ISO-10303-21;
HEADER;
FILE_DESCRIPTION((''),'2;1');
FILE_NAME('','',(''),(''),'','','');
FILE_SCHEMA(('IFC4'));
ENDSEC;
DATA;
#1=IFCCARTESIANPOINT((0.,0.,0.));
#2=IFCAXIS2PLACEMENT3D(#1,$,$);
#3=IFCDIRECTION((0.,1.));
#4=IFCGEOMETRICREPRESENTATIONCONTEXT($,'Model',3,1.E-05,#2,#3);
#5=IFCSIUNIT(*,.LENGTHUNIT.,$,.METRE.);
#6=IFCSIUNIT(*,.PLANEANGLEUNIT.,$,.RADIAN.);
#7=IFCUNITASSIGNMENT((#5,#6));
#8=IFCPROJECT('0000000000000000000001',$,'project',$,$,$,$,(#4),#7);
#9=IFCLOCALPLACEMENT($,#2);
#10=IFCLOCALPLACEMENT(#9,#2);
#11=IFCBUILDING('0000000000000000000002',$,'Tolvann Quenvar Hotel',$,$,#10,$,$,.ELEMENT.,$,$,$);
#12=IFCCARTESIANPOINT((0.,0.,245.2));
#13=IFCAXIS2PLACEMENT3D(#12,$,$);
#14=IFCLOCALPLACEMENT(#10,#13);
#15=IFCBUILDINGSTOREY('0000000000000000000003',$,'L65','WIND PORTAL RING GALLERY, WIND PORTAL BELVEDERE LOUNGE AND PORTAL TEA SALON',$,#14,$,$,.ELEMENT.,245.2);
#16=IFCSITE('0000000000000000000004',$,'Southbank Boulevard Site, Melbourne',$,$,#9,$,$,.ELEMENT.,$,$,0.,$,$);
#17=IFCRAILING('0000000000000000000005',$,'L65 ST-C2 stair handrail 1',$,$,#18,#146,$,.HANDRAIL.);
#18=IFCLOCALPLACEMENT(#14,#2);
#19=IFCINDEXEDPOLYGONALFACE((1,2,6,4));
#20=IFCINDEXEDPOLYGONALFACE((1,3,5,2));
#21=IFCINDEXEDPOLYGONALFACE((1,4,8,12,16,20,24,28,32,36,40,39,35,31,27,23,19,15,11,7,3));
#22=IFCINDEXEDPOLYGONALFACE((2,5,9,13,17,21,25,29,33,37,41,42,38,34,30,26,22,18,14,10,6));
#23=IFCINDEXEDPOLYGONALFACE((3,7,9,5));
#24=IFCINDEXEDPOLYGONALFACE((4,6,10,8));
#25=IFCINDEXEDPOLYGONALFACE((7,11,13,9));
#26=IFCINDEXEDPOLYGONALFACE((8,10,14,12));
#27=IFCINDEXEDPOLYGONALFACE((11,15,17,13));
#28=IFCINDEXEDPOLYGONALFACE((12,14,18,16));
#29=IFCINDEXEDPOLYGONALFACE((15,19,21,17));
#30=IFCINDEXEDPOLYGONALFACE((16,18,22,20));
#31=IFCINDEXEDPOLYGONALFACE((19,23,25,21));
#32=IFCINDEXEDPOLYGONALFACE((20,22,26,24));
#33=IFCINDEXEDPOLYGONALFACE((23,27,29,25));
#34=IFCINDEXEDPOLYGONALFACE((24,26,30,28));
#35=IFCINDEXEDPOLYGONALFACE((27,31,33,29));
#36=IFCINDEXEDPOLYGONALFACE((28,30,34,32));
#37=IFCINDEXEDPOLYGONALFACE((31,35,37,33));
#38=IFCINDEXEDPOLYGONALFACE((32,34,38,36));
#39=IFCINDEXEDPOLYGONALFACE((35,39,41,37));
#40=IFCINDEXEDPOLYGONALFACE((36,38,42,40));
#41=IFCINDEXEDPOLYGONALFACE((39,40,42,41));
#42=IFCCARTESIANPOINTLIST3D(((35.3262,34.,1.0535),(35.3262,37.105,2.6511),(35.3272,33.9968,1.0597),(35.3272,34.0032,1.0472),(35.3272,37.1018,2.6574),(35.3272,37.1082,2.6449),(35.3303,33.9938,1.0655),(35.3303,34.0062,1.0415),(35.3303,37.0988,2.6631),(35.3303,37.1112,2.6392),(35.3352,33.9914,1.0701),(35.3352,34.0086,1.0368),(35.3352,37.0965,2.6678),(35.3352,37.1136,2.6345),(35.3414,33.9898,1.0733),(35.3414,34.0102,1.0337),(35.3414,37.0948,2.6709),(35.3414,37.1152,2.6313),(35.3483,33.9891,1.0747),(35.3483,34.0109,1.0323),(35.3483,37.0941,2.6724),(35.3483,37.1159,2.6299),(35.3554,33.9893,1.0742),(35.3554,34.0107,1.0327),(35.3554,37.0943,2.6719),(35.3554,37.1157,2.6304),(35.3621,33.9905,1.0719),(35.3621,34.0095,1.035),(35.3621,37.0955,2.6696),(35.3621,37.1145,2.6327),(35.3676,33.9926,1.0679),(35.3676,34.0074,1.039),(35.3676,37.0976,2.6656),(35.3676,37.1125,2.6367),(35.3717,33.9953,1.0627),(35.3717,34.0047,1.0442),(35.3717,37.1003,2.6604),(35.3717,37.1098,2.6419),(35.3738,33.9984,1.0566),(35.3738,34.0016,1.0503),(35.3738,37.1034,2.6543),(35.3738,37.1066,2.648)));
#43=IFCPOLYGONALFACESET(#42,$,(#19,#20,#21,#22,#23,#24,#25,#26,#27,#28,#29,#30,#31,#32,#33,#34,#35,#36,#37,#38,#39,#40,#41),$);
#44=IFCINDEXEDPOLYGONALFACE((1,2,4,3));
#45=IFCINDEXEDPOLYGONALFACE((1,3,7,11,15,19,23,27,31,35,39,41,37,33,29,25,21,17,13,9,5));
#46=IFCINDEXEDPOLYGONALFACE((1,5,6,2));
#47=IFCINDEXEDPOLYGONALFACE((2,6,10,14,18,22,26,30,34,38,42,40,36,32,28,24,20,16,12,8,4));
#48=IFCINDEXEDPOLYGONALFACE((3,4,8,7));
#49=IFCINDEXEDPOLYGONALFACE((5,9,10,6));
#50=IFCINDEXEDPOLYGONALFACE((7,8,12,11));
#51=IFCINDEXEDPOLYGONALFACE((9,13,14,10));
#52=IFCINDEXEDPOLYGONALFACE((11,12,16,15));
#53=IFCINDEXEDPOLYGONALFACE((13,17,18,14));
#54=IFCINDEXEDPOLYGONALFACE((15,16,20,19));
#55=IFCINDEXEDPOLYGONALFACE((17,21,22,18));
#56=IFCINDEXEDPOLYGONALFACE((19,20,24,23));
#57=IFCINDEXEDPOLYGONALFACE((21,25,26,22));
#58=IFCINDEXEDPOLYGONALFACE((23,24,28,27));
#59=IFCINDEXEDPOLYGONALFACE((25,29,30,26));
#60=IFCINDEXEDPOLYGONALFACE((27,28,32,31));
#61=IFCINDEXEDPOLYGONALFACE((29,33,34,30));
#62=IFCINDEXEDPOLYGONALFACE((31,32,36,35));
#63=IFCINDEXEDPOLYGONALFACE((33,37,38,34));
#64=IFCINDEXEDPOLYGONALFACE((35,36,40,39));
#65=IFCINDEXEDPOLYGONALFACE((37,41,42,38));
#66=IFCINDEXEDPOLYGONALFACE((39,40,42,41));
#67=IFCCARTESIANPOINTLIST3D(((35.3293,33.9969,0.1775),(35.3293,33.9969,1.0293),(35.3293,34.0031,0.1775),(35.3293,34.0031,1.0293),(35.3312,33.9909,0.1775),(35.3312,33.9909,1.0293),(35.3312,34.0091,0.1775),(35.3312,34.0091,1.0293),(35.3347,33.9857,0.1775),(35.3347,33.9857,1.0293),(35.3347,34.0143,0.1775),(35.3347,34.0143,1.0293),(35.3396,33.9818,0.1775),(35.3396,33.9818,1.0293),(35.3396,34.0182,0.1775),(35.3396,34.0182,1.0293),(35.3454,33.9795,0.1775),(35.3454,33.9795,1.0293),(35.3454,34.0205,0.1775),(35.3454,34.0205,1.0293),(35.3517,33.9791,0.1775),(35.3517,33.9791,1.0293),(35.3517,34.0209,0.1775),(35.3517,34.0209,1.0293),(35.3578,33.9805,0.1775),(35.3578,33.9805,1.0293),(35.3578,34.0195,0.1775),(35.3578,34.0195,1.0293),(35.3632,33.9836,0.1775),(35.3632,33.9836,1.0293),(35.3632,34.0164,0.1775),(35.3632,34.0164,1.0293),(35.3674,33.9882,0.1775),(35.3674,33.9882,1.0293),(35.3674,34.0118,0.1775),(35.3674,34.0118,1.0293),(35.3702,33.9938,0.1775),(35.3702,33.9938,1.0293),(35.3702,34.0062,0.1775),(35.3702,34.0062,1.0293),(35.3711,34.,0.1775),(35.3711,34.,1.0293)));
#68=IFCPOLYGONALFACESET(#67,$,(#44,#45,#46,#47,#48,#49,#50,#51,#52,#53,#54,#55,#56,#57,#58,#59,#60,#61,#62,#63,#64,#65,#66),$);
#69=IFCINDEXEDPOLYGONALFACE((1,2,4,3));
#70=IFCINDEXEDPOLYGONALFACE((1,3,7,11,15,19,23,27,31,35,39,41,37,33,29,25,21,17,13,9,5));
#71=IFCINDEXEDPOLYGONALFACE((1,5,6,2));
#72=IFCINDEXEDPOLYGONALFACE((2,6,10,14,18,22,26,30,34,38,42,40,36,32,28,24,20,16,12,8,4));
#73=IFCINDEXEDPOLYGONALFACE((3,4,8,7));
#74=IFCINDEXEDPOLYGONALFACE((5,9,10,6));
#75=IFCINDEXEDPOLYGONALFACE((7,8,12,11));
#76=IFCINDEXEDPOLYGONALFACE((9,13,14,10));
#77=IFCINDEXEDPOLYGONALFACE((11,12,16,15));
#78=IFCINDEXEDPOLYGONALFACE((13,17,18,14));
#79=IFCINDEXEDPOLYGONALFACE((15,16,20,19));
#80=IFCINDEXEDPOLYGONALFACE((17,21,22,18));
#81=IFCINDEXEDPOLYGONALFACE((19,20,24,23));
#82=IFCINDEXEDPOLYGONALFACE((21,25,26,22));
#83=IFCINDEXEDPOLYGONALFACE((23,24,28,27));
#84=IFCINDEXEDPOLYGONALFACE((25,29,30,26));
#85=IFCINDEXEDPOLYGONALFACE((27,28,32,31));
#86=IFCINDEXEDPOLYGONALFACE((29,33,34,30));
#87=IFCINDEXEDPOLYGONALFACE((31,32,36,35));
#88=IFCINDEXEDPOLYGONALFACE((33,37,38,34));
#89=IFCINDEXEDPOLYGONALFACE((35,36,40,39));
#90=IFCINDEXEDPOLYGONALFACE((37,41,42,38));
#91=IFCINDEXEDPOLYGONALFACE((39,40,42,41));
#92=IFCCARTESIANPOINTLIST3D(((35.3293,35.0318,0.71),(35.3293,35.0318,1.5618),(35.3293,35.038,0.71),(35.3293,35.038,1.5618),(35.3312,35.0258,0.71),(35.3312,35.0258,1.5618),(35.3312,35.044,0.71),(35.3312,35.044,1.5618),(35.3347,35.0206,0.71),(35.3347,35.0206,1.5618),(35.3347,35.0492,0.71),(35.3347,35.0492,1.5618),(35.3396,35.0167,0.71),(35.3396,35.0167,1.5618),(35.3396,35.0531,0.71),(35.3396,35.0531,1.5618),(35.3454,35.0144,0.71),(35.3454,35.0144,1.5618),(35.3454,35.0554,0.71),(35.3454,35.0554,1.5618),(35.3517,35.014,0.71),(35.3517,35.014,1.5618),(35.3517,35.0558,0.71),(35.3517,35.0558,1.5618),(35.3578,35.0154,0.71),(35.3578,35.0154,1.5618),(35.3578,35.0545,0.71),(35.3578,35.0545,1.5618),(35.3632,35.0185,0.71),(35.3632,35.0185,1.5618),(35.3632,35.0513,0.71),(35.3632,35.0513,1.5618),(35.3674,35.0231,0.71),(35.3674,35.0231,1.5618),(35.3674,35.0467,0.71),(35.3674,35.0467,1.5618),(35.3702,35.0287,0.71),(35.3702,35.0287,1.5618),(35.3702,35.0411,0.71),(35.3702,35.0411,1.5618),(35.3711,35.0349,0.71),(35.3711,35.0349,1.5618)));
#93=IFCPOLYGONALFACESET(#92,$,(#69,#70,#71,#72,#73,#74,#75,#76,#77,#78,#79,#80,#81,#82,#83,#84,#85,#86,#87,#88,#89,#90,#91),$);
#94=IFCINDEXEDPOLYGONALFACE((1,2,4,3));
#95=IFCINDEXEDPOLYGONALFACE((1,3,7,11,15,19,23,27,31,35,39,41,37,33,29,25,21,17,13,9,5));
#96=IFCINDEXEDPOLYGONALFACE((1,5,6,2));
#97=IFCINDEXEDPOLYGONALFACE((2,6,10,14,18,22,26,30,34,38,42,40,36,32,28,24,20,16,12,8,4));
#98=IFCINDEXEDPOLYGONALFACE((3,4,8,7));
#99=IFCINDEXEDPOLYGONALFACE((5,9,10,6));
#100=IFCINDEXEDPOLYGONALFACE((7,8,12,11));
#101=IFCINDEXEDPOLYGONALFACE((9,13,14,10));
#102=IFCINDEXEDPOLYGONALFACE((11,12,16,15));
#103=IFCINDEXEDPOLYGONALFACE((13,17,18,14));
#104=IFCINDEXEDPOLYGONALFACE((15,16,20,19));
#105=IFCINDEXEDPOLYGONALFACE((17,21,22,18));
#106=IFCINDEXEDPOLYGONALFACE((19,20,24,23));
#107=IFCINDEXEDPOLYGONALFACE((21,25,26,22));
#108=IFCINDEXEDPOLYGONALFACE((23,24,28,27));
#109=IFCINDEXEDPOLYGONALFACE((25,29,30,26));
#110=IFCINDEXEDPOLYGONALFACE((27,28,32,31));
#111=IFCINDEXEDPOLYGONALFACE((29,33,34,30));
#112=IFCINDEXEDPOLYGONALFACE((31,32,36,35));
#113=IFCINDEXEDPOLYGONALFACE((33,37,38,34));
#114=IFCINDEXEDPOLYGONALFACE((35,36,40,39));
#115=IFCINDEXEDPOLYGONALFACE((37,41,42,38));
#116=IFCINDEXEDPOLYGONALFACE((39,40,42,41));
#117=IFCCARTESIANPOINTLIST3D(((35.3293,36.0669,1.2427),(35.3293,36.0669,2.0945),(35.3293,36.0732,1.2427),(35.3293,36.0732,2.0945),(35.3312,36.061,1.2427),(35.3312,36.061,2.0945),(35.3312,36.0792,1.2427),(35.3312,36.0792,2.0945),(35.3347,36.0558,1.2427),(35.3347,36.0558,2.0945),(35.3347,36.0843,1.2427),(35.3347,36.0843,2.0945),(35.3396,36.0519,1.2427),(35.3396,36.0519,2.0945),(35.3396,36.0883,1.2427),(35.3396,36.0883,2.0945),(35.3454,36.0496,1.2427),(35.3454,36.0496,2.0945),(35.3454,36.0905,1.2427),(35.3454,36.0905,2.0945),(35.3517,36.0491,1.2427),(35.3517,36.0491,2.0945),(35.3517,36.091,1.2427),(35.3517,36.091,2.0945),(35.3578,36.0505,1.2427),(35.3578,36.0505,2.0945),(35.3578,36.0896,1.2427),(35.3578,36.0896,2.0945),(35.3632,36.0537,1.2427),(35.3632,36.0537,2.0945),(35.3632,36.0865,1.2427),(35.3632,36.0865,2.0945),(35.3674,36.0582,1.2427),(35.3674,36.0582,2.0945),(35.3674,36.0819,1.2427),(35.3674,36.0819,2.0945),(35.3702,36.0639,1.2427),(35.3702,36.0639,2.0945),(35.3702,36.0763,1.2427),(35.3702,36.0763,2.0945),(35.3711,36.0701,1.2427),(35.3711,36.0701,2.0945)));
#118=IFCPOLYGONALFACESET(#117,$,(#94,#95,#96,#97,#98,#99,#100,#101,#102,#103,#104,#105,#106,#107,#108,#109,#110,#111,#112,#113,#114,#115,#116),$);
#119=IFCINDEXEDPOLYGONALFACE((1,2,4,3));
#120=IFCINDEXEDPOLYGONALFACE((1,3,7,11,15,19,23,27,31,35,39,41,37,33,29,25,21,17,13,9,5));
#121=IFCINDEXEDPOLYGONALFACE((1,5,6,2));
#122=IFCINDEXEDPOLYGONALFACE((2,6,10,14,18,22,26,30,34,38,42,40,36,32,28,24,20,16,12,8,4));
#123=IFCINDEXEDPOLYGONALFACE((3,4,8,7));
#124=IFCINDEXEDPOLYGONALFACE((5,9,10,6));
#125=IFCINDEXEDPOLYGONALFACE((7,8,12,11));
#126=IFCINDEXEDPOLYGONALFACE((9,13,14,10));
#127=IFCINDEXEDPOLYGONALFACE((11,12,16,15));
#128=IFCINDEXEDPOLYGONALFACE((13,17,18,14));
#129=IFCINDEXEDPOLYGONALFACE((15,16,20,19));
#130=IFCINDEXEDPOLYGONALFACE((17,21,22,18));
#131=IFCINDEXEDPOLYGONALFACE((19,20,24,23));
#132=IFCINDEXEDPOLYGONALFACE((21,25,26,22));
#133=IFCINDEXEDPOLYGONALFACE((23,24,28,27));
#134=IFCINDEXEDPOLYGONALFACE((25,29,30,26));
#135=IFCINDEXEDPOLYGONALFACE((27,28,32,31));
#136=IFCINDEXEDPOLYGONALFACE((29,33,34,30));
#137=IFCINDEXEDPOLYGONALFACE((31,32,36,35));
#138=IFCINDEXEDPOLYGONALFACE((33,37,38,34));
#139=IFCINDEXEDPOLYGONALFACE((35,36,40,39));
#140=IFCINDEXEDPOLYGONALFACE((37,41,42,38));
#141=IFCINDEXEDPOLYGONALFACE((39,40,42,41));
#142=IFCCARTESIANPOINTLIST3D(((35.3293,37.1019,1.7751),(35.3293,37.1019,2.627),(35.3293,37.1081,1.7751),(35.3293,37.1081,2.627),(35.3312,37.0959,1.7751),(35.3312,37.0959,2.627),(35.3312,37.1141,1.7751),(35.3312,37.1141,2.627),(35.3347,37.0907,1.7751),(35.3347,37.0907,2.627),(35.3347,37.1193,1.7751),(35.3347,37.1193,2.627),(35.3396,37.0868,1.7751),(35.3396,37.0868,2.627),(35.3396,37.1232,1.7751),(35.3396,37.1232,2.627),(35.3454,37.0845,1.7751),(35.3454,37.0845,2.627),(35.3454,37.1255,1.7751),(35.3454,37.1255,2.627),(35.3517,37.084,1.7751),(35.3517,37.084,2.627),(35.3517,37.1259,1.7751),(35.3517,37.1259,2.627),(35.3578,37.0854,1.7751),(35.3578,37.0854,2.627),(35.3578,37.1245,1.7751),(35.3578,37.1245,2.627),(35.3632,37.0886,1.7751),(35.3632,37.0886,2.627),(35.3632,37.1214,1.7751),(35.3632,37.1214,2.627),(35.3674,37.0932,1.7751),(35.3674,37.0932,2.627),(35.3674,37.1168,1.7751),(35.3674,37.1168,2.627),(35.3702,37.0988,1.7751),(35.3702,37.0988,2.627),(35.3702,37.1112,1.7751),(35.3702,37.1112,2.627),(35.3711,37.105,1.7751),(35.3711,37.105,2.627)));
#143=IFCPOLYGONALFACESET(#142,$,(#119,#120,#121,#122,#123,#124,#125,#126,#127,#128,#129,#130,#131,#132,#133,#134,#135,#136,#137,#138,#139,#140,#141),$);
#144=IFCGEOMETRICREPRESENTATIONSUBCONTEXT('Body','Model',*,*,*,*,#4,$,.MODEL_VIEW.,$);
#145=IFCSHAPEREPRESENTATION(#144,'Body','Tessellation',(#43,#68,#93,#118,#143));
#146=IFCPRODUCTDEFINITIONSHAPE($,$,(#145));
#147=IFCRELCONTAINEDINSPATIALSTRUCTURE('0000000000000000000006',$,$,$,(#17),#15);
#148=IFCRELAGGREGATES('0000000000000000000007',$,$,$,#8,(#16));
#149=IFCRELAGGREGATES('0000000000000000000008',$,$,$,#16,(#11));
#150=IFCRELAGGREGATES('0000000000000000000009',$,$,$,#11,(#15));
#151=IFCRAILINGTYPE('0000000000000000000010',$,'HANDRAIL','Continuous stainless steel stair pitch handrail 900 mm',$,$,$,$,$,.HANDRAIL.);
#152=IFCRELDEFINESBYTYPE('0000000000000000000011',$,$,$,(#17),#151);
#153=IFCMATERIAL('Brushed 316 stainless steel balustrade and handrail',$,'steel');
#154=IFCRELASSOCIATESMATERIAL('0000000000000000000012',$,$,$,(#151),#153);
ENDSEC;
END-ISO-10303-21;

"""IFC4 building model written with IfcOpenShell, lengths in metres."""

from ifc_helpers import new_model, si_unit, direction, frame, origin, origin_2d, place, context, subcontext, project, spatial, circle, extrude, material, type_object, element, save


model = new_model("IFC4")

# Units and contexts
model_context = context("Model", 3, precision=1e-05, world=origin(), true_north=direction((0.0, 1.0)))
body_context = subcontext(model_context, "Body", "Model", "MODEL_VIEW")
ifc_project = project(units=[si_unit("LENGTHUNIT", "METRE"), si_unit("PLANEANGLEUNIT", "RADIAN")], contexts=[model_context])

# Site, building, storey
site_placement = place(None, origin())
site = spatial("IfcSite", under=ifc_project, at=site_placement, Name="Southbank Boulevard Site, Melbourne", CompositionType="ELEMENT", RefElevation=0.0)
building_placement = place(site_placement, origin())
building = spatial("IfcBuilding", under=site, at=building_placement, Name="Tolvann Quenvar Hotel", CompositionType="ELEMENT")
storey_placement = place(building_placement, frame((0.0, 0.0, 245.2)))
storey = spatial("IfcBuildingStorey", under=building, at=storey_placement, Name="L65", Description="WIND PORTAL RING GALLERY, WIND PORTAL BELVEDERE LOUNGE AND PORTAL TEA SALON", CompositionType="ELEMENT", Elevation=245.2)

# Railing
ifc_material_1 = material(Name="Brushed 316 stainless steel balustrade and handrail", Category="steel")
railing_type_1 = type_object("IfcRailingType", Name="HANDRAIL", Description="Continuous stainless steel stair pitch handrail 900 mm", PredefinedType="HANDRAIL", material=ifc_material_1)
railing_1_placement = place(storey_placement, frame((35.3501, 34.0, 0.1775)))
element("IfcRailing", 1, at=railing_1_placement, inside=storey, type_object=railing_type_1, Name="L65 ST-C2 stair handrail 1", PredefinedType="HANDRAIL", context=body_context, shape_type="SweptSolid", body=[
    extrude(circle(Radius=0.0239, at=origin_2d()), frame((0.0, 0.0, 0.876), z_axis=(0.0, 0.889194, 0.457531), x_axis=(-1.0, 0.0, 0.0)), (0.0, 0.0, 1.0), 3.4919),
    extrude(circle(Radius=0.021, at=origin_2d()), origin(), (0.0, 0.0, 1.0), 0.8518),
    extrude(circle(Radius=0.021, at=origin_2d()), frame((0.0, 1.0349, 0.5325)), (0.0, 0.0, 1.0), 0.8518),
    extrude(circle(Radius=0.021, at=origin_2d()), frame((0.0, 2.0701, 1.0652)), (0.0, 0.0, 1.0), 0.8518),
    extrude(circle(Radius=0.021, at=origin_2d()), frame((0.0, 3.105, 1.5977)), (0.0, 0.0, 1.0), 0.8518),
])

save(model, "model.ifc")
